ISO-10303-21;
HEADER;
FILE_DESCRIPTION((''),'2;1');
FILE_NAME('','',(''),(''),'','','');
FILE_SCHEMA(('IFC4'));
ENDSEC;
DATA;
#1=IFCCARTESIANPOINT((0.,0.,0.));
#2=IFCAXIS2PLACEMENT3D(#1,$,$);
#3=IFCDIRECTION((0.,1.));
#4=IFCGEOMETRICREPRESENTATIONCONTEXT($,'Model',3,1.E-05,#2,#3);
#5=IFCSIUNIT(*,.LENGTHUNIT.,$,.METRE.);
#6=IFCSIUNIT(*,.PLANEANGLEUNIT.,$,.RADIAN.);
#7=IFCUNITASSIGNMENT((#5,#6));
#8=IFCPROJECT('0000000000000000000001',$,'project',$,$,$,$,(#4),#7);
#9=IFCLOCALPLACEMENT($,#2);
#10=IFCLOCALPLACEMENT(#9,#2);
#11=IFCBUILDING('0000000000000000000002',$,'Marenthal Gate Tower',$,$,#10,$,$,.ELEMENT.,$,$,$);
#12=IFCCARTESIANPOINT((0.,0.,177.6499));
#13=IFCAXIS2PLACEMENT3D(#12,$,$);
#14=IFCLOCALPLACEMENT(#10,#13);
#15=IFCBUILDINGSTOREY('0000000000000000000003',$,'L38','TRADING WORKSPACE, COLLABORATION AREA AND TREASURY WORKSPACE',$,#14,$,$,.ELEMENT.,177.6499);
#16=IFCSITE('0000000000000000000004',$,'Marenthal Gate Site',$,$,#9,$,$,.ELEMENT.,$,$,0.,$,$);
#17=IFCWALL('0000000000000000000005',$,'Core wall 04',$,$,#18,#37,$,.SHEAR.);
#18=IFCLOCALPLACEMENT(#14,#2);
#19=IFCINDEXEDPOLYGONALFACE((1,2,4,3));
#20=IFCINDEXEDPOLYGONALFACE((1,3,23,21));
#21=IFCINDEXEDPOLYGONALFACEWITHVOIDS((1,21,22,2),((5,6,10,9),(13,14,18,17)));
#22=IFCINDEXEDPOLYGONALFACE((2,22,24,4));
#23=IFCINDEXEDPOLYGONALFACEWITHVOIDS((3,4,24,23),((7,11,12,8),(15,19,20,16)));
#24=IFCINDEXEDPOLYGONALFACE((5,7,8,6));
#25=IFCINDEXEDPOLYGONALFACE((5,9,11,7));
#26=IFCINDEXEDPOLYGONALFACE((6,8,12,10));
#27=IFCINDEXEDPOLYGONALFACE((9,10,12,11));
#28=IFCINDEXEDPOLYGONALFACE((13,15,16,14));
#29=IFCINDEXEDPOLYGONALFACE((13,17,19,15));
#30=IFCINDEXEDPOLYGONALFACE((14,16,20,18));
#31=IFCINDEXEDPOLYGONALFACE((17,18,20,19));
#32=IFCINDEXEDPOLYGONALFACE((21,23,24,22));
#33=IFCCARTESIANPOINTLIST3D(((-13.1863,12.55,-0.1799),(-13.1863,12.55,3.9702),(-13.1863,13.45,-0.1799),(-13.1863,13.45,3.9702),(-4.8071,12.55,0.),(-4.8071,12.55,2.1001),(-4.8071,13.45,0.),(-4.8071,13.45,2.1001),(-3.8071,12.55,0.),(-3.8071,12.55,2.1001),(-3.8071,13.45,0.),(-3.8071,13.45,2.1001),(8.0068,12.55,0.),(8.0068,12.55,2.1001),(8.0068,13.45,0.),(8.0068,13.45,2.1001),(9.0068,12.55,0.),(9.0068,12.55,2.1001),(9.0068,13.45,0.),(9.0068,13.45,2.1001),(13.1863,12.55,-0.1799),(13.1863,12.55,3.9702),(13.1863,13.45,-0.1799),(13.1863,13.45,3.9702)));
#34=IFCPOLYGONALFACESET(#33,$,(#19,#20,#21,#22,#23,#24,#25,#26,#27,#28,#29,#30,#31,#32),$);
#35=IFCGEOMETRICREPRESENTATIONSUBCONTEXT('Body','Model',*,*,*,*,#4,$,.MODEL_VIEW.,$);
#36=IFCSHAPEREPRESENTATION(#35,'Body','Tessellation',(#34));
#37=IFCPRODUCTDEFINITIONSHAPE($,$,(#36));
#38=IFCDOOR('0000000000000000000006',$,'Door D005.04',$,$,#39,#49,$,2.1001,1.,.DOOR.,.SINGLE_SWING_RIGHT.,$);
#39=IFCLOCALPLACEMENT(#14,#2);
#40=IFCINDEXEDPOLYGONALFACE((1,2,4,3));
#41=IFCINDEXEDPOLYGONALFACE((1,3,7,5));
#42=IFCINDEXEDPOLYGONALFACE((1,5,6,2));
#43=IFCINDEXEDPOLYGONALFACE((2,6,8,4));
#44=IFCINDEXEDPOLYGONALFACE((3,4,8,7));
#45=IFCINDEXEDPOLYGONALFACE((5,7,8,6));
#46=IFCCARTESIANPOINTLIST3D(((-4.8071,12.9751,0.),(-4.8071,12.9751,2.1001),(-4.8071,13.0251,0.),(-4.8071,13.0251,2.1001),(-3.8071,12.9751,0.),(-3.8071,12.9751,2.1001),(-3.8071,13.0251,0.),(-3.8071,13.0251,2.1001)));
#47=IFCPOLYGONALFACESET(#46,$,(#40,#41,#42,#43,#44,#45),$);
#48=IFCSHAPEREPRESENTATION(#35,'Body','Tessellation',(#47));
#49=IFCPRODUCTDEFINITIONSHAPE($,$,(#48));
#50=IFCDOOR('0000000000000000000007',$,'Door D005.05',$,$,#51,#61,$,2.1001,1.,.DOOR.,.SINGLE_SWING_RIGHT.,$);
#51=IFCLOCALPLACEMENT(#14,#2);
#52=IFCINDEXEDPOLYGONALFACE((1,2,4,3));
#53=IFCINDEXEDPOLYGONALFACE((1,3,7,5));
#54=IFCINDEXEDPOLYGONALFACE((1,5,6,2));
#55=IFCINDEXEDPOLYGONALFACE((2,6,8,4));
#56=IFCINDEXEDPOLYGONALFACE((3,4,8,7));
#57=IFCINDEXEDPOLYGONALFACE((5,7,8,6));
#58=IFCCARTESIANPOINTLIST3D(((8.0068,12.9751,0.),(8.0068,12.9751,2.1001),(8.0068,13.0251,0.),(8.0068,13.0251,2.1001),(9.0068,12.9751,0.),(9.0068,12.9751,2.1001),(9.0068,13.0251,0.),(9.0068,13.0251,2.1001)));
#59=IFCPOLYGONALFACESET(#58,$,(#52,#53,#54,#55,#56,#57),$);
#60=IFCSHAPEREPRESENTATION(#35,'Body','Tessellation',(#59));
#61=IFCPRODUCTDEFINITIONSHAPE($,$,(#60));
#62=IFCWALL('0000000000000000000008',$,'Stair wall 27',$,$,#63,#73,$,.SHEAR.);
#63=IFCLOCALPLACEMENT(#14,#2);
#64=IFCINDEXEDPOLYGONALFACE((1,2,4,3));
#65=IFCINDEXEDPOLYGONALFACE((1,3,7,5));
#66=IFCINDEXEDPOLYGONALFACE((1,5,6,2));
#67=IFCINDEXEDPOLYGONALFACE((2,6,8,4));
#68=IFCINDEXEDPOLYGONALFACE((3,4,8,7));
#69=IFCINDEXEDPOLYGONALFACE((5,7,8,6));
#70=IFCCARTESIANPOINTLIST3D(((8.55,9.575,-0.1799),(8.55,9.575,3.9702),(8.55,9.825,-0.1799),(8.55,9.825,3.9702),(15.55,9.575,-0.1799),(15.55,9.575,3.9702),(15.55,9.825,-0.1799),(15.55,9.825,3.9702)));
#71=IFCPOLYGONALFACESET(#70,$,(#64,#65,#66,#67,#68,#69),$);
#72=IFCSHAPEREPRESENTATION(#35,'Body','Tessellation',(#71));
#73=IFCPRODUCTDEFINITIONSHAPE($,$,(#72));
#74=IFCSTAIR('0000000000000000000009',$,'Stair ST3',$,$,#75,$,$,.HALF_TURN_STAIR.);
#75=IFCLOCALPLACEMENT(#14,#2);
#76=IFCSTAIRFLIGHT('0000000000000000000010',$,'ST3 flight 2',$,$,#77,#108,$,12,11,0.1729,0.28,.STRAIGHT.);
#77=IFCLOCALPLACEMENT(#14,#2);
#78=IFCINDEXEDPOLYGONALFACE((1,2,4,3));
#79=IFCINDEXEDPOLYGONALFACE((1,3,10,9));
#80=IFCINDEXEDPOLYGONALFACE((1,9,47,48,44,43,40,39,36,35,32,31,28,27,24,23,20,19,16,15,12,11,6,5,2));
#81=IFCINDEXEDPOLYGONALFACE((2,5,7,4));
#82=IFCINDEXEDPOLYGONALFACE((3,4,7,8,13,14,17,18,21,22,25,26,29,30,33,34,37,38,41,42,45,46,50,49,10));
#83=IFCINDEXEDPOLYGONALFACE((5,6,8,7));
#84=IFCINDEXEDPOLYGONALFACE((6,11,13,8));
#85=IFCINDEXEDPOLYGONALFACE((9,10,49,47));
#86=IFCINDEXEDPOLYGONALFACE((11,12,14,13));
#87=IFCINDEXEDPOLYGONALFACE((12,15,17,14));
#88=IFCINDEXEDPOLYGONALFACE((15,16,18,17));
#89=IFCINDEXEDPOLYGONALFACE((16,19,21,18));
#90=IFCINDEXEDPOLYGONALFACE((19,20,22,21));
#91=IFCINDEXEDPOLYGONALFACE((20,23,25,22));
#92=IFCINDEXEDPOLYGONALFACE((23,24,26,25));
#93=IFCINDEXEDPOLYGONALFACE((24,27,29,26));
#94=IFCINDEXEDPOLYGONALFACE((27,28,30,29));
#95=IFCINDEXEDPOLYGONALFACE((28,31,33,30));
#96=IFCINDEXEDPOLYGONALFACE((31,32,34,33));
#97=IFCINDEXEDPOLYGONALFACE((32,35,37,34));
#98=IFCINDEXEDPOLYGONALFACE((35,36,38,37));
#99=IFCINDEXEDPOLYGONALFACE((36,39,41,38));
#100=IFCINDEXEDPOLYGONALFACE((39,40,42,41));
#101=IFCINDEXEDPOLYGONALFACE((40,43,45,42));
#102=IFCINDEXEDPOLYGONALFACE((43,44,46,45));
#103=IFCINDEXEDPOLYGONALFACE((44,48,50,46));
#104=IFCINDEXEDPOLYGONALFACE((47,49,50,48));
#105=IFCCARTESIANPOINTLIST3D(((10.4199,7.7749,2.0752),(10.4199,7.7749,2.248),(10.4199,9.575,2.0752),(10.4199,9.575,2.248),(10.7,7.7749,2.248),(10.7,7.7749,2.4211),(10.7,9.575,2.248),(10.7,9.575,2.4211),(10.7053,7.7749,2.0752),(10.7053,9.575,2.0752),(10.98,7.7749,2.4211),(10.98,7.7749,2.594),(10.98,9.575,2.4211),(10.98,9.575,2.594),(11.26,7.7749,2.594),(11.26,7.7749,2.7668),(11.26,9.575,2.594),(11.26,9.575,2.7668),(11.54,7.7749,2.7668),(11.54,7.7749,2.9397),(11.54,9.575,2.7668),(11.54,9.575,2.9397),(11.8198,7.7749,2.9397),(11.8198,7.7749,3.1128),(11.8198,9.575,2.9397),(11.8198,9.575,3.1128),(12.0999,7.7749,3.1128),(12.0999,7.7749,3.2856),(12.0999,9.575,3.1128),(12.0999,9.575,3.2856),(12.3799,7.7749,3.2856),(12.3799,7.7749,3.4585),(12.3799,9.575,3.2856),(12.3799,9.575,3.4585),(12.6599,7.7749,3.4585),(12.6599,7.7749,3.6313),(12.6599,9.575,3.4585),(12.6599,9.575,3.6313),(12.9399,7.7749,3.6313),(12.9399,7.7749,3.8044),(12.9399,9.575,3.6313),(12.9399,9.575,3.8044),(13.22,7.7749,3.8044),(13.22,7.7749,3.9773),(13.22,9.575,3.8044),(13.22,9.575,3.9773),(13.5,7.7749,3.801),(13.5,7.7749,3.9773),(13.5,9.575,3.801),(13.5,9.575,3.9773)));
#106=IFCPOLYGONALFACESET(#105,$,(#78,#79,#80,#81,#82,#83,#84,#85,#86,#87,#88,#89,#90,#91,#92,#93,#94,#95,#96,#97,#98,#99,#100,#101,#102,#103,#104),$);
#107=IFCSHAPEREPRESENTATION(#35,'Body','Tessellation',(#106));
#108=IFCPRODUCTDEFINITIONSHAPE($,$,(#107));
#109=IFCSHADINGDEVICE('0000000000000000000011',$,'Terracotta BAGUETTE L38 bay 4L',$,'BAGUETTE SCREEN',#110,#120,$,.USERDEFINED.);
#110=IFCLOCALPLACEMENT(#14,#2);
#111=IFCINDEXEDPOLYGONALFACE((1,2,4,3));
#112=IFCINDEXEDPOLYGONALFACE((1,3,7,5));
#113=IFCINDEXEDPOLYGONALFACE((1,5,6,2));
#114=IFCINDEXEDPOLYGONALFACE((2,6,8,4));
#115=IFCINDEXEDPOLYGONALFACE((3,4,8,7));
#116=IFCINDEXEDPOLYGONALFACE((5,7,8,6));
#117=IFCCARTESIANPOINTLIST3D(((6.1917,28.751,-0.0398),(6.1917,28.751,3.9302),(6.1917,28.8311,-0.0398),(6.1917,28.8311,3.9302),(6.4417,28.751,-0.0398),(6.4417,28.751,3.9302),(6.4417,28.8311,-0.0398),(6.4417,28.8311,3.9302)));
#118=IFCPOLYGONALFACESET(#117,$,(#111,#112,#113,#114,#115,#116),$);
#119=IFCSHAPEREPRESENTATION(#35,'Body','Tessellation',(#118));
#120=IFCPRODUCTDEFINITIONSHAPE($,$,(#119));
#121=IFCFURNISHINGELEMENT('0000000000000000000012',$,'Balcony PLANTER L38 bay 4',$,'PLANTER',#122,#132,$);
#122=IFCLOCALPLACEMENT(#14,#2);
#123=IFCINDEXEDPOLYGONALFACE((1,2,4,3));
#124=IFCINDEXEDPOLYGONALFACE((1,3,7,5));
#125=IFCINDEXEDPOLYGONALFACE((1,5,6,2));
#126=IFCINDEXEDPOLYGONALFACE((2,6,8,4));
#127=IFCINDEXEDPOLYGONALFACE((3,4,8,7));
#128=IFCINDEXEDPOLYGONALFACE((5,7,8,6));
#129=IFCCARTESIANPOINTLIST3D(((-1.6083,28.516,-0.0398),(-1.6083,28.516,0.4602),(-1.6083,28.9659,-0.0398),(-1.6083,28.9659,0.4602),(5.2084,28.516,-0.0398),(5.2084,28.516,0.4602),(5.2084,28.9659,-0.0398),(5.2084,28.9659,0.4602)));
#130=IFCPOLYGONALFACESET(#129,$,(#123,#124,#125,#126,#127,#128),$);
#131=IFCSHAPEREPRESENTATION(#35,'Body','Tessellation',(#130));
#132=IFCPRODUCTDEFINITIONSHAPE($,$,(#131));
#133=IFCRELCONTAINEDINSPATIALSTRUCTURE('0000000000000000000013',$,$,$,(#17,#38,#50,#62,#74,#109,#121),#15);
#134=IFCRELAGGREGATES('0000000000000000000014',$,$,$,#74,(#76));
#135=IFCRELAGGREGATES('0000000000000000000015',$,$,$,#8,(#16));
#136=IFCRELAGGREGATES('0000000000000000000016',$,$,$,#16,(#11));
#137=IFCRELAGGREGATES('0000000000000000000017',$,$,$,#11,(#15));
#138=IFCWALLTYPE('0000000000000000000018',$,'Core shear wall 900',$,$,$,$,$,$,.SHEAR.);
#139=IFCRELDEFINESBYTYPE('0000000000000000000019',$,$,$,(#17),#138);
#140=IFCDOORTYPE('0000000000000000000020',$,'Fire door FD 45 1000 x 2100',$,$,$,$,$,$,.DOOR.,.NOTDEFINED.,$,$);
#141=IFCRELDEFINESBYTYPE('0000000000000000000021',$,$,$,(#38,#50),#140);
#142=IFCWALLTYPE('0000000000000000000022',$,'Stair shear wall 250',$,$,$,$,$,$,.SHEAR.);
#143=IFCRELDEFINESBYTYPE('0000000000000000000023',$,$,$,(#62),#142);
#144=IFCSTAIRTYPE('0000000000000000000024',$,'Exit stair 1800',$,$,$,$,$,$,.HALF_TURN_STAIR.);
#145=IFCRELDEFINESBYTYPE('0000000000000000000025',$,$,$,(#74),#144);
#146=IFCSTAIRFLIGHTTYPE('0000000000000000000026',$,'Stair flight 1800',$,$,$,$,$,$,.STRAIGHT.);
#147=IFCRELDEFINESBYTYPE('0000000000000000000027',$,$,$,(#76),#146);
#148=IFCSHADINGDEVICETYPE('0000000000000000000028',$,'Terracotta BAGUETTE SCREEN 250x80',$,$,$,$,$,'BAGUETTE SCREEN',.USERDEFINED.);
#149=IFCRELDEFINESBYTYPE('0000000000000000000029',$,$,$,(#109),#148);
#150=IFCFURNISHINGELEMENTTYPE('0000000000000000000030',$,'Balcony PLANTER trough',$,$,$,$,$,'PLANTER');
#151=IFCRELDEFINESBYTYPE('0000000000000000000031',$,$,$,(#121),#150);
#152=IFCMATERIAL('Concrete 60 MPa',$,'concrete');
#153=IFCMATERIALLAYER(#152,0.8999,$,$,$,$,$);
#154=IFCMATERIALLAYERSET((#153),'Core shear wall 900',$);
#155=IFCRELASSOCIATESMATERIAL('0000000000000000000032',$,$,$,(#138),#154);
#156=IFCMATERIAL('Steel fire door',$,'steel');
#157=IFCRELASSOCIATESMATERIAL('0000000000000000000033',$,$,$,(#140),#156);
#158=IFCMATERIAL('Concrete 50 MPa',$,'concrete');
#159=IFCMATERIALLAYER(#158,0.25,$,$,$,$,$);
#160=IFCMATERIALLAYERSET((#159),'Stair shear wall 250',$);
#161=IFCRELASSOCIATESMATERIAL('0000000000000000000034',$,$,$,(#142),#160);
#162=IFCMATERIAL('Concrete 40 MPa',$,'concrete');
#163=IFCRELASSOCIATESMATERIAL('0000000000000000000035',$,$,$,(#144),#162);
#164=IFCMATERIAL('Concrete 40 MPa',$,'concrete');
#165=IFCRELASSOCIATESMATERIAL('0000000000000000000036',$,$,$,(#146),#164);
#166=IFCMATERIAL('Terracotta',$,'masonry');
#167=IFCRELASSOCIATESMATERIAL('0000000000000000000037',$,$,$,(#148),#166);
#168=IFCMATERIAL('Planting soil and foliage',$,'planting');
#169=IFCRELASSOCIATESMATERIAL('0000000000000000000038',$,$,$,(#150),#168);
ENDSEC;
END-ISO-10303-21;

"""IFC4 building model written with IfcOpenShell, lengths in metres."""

from ifc_helpers import new_model, si_unit, direction, frame, frame_2d, origin, origin_2d, place, context, subcontext, project, spatial, polyline, rectangle, outline, extrude, material, layer, layer_set, material_profile, profile_set, type_object, element, fill, aggregate, save


model = new_model("IFC4")

# Units and contexts
model_context = context("Model", 3, precision=1e-05, world=origin(), true_north=direction((0.0, 1.0)))
body_context = subcontext(model_context, "Body", "Model", "MODEL_VIEW")
ifc_project = project(units=[si_unit("LENGTHUNIT", "METRE"), si_unit("PLANEANGLEUNIT", "RADIAN")], contexts=[model_context])

# Site, building, storey
site_placement = place(None, origin())
site = spatial("IfcSite", under=ifc_project, at=site_placement, Name="Marenthal Gate Site", CompositionType="ELEMENT", RefElevation=0.0)
building_placement = place(site_placement, origin())
building = spatial("IfcBuilding", under=site, at=building_placement, Name="Marenthal Gate Tower", CompositionType="ELEMENT")
storey_placement = place(building_placement, frame((0.0, 0.0, 177.6499)))
storey = spatial("IfcBuildingStorey", under=building, at=storey_placement, Name="L38", Description="TRADING WORKSPACE, COLLABORATION AREA AND TREASURY WORKSPACE", CompositionType="ELEMENT", Elevation=177.6499)

# Wall, openings, doors
ifc_material_1 = material(Name="Concrete 60 MPa", Category="concrete")
ifc_layer_1 = layer(ifc_material_1, 0.8999)
ifc_layer_set_1 = layer_set([ifc_layer_1], Name="Core shear wall 900")
wall_type_1 = type_object("IfcWallType", Name="Core shear wall 900", PredefinedType="SHEAR", material=ifc_layer_set_1)
wall_1_placement = place(storey_placement, frame((13.1863, 13.0, -0.1799), z_axis=(0.0, 0.0, 1.0), x_axis=(-1.0, 0.0, 0.0)))
wall_1 = element("IfcWall", 1, at=wall_1_placement, inside=storey, type_object=wall_type_1, Name="Core wall 04", PredefinedType="SHEAR", context=body_context, shape_type="SweptSolid", body=[
    extrude(rectangle(XDim=26.3726, YDim=0.8999, at=frame_2d((13.1863, 0.0))), origin(), (0.0, 0.0, 1.0), 4.1501),
])
opening_1_placement = place(wall_1_placement, frame((16.9934, 0.0, 0.1799)))
opening_1 = element("IfcOpeningElement", 2, at=opening_1_placement, cuts=wall_1, PredefinedType="OPENING", context=body_context, shape_type="SweptSolid", body=[
    extrude(rectangle(XDim=1.0, YDim=2.1001, at=frame_2d((0.5, 1.05))), frame((0.0, 0.46, 0.0), z_axis=(0.0, -1.0, 0.0), x_axis=(1.0, 0.0, 0.0)), (0.0, 0.0, 1.0), 0.9199),
])
opening_2_placement = place(wall_1_placement, frame((4.1794, 0.0, 0.1799)))
opening_2 = element("IfcOpeningElement", 3, at=opening_2_placement, cuts=wall_1, PredefinedType="OPENING", context=body_context, shape_type="SweptSolid", body=[
    extrude(rectangle(XDim=1.0, YDim=2.1001, at=frame_2d((0.5, 1.05))), frame((0.0, 0.46, 0.0), z_axis=(0.0, -1.0, 0.0), x_axis=(1.0, 0.0, 0.0)), (0.0, 0.0, 1.0), 0.9199),
])
ifc_material_2 = material(Name="Steel fire door", Category="steel")
door_type_1 = type_object("IfcDoorType", Name="Fire door FD 45 1000 x 2100", OperationType="NOTDEFINED", PredefinedType="DOOR", material=ifc_material_2)
door_1_placement = place(opening_1_placement, origin())
door_1 = element("IfcDoor", 4, at=door_1_placement, inside=storey, type_object=door_type_1, Name="Door D005.04", OperationType="SINGLE_SWING_RIGHT", OverallHeight=2.1001, OverallWidth=1.0, PredefinedType="DOOR", context=body_context, shape_type="SweptSolid", body=[
    extrude(rectangle(XDim=1.0, YDim=2.1001, at=frame_2d((0.5, 1.05))), frame((0.0, 0.0249, 0.0), z_axis=(0.0, -1.0, 0.0), x_axis=(1.0, 0.0, 0.0)), (0.0, 0.0, 1.0), 0.05),
])
fill(opening_1, door_1)
door_2_placement = place(opening_2_placement, origin())
door_2 = element("IfcDoor", 5, at=door_2_placement, inside=storey, type_object=door_type_1, Name="Door D005.05", OperationType="SINGLE_SWING_RIGHT", OverallHeight=2.1001, OverallWidth=1.0, PredefinedType="DOOR", context=body_context, shape_type="SweptSolid", body=[
    extrude(rectangle(XDim=1.0, YDim=2.1001, at=frame_2d((0.5, 1.05))), frame((0.0, 0.0249, 0.0), z_axis=(0.0, -1.0, 0.0), x_axis=(1.0, 0.0, 0.0)), (0.0, 0.0, 1.0), 0.05),
])
fill(opening_2, door_2)

# Wall
ifc_material_3 = material(Name="Concrete 50 MPa", Category="concrete")
ifc_layer_2 = layer(ifc_material_3, 0.25)
ifc_layer_set_2 = layer_set([ifc_layer_2], Name="Stair shear wall 250")
wall_type_2 = type_object("IfcWallType", Name="Stair shear wall 250", PredefinedType="SHEAR", material=ifc_layer_set_2)
wall_2_placement = place(storey_placement, frame((8.55, 9.7, -0.1799), z_axis=(0.0, 0.0, 1.0), x_axis=(1.0, 0.0, 0.0)))
element("IfcWall", 6, at=wall_2_placement, inside=storey, type_object=wall_type_2, Name="Stair wall 27", PredefinedType="SHEAR", context=body_context, shape_type="SweptSolid", body=[
    extrude(rectangle(XDim=7.0, YDim=0.25, at=frame_2d((3.5, 0.0))), origin(), (0.0, 0.0, 1.0), 4.1501),
])

# Stair, stair flight
ifc_material_4 = material(Name="Concrete 40 MPa", Category="concrete")
stair_type = type_object("IfcStairType", Name="Exit stair 1800", PredefinedType="HALF_TURN_STAIR", material=ifc_material_4)
stair_placement = place(storey_placement, origin())
stair = element("IfcStair", 7, at=stair_placement, inside=storey, type_object=stair_type, Name="Stair ST3", PredefinedType="HALF_TURN_STAIR")
ifc_material_5 = material(Name="Concrete 40 MPa", Category="concrete")
stair_flight_type = type_object("IfcStairFlightType", Name="Stair flight 1800", PredefinedType="STRAIGHT", material=ifc_material_5)
stair_flight_placement = place(storey_placement, frame((10.4199, 8.675, 2.0752), z_axis=(0.0, 0.0, 1.0), x_axis=(1.0, 0.0, 0.0)))
stair_flight = element("IfcStairFlight", 8, at=stair_flight_placement, type_object=stair_flight_type, Name="ST3 flight 2", NumberOfRisers=12, NumberOfTreads=11, PredefinedType="STRAIGHT", RiserHeight=0.1729, TreadLength=0.28, context=body_context, shape_type="SweptSolid", body=[
    extrude(outline(polyline([(0.0, 0.0), (0.0, 0.1729), (0.28, 0.1729), (0.28, 0.3459), (0.5601, 0.3459), (0.5601, 0.5188), (0.8401, 0.5188), (0.8401, 0.6917), (1.1201, 0.6917), (1.1201, 0.8645), (1.3999, 0.8645), (1.3999, 1.0376), (1.6799, 1.0376), (1.6799, 1.2104), (1.96, 1.2104), (1.96, 1.3833), (2.24, 1.3833), (2.24, 1.5562), (2.52, 1.5562), (2.52, 1.7292), (2.8, 1.7292), (2.8, 1.9021), (3.0801, 1.9021), (3.0801, 2.075), (3.0801, 1.7258), (0.2854, 0.0), (0.0, 0.0)])), frame((0.0, 0.8999, 0.0), z_axis=(0.0, -1.0, 0.0), x_axis=(1.0, 0.0, 0.0)), (0.0, 0.0, 1.0), 1.8),
])
aggregate(stair, [stair_flight])

# Shading device
ifc_material_6 = material(Name="Terracotta", Category="masonry")
ifc_material_profile_1 = material_profile(ifc_material_6, rectangle(XDim=0.25, YDim=0.0801, at=origin_2d()), Name="Terracotta baguette 250x80")
ifc_profile_set_1 = profile_set([ifc_material_profile_1], Name="Terracotta")
shading_device_type = type_object("IfcShadingDeviceType", Name="Terracotta BAGUETTE SCREEN 250x80", ElementType="BAGUETTE SCREEN", PredefinedType="USERDEFINED", material=ifc_profile_set_1)
shading_device_placement = place(storey_placement, frame((6.3167, 28.791, -0.0398), z_axis=(0.0, 0.0, 1.0), x_axis=(-1.0, 0.0, 0.0)))
element("IfcShadingDevice", 9, at=shading_device_placement, inside=storey, type_object=shading_device_type, Name="Terracotta BAGUETTE L38 bay 4L", ObjectType="BAGUETTE SCREEN", PredefinedType="USERDEFINED", context=body_context, shape_type="SweptSolid", body=[
    extrude(rectangle(XDim=0.25, YDim=0.0801, at=origin_2d()), origin(), (0.0, 0.0, 1.0), 3.97),
])

# Furnishing element
ifc_material_7 = material(Name="Planting soil and foliage", Category="planting")
furnishing_element_type = type_object("IfcFurnishingElementType", Name="Balcony PLANTER trough", ElementType="PLANTER", material=ifc_material_7)
furnishing_placement = place(storey_placement, frame((1.8, 28.741, -0.0398), z_axis=(0.0, 0.0, 1.0), x_axis=(-1.0, 0.0, 0.0)))
element("IfcFurnishingElement", 10, at=furnishing_placement, inside=storey, type_object=furnishing_element_type, Name="Balcony PLANTER L38 bay 4", ObjectType="PLANTER", context=body_context, shape_type="SweptSolid", body=[
    extrude(rectangle(XDim=6.8167, YDim=0.45, at=origin_2d()), origin(), (0.0, 0.0, 1.0), 0.5),
])

save(model, "model.ifc")
